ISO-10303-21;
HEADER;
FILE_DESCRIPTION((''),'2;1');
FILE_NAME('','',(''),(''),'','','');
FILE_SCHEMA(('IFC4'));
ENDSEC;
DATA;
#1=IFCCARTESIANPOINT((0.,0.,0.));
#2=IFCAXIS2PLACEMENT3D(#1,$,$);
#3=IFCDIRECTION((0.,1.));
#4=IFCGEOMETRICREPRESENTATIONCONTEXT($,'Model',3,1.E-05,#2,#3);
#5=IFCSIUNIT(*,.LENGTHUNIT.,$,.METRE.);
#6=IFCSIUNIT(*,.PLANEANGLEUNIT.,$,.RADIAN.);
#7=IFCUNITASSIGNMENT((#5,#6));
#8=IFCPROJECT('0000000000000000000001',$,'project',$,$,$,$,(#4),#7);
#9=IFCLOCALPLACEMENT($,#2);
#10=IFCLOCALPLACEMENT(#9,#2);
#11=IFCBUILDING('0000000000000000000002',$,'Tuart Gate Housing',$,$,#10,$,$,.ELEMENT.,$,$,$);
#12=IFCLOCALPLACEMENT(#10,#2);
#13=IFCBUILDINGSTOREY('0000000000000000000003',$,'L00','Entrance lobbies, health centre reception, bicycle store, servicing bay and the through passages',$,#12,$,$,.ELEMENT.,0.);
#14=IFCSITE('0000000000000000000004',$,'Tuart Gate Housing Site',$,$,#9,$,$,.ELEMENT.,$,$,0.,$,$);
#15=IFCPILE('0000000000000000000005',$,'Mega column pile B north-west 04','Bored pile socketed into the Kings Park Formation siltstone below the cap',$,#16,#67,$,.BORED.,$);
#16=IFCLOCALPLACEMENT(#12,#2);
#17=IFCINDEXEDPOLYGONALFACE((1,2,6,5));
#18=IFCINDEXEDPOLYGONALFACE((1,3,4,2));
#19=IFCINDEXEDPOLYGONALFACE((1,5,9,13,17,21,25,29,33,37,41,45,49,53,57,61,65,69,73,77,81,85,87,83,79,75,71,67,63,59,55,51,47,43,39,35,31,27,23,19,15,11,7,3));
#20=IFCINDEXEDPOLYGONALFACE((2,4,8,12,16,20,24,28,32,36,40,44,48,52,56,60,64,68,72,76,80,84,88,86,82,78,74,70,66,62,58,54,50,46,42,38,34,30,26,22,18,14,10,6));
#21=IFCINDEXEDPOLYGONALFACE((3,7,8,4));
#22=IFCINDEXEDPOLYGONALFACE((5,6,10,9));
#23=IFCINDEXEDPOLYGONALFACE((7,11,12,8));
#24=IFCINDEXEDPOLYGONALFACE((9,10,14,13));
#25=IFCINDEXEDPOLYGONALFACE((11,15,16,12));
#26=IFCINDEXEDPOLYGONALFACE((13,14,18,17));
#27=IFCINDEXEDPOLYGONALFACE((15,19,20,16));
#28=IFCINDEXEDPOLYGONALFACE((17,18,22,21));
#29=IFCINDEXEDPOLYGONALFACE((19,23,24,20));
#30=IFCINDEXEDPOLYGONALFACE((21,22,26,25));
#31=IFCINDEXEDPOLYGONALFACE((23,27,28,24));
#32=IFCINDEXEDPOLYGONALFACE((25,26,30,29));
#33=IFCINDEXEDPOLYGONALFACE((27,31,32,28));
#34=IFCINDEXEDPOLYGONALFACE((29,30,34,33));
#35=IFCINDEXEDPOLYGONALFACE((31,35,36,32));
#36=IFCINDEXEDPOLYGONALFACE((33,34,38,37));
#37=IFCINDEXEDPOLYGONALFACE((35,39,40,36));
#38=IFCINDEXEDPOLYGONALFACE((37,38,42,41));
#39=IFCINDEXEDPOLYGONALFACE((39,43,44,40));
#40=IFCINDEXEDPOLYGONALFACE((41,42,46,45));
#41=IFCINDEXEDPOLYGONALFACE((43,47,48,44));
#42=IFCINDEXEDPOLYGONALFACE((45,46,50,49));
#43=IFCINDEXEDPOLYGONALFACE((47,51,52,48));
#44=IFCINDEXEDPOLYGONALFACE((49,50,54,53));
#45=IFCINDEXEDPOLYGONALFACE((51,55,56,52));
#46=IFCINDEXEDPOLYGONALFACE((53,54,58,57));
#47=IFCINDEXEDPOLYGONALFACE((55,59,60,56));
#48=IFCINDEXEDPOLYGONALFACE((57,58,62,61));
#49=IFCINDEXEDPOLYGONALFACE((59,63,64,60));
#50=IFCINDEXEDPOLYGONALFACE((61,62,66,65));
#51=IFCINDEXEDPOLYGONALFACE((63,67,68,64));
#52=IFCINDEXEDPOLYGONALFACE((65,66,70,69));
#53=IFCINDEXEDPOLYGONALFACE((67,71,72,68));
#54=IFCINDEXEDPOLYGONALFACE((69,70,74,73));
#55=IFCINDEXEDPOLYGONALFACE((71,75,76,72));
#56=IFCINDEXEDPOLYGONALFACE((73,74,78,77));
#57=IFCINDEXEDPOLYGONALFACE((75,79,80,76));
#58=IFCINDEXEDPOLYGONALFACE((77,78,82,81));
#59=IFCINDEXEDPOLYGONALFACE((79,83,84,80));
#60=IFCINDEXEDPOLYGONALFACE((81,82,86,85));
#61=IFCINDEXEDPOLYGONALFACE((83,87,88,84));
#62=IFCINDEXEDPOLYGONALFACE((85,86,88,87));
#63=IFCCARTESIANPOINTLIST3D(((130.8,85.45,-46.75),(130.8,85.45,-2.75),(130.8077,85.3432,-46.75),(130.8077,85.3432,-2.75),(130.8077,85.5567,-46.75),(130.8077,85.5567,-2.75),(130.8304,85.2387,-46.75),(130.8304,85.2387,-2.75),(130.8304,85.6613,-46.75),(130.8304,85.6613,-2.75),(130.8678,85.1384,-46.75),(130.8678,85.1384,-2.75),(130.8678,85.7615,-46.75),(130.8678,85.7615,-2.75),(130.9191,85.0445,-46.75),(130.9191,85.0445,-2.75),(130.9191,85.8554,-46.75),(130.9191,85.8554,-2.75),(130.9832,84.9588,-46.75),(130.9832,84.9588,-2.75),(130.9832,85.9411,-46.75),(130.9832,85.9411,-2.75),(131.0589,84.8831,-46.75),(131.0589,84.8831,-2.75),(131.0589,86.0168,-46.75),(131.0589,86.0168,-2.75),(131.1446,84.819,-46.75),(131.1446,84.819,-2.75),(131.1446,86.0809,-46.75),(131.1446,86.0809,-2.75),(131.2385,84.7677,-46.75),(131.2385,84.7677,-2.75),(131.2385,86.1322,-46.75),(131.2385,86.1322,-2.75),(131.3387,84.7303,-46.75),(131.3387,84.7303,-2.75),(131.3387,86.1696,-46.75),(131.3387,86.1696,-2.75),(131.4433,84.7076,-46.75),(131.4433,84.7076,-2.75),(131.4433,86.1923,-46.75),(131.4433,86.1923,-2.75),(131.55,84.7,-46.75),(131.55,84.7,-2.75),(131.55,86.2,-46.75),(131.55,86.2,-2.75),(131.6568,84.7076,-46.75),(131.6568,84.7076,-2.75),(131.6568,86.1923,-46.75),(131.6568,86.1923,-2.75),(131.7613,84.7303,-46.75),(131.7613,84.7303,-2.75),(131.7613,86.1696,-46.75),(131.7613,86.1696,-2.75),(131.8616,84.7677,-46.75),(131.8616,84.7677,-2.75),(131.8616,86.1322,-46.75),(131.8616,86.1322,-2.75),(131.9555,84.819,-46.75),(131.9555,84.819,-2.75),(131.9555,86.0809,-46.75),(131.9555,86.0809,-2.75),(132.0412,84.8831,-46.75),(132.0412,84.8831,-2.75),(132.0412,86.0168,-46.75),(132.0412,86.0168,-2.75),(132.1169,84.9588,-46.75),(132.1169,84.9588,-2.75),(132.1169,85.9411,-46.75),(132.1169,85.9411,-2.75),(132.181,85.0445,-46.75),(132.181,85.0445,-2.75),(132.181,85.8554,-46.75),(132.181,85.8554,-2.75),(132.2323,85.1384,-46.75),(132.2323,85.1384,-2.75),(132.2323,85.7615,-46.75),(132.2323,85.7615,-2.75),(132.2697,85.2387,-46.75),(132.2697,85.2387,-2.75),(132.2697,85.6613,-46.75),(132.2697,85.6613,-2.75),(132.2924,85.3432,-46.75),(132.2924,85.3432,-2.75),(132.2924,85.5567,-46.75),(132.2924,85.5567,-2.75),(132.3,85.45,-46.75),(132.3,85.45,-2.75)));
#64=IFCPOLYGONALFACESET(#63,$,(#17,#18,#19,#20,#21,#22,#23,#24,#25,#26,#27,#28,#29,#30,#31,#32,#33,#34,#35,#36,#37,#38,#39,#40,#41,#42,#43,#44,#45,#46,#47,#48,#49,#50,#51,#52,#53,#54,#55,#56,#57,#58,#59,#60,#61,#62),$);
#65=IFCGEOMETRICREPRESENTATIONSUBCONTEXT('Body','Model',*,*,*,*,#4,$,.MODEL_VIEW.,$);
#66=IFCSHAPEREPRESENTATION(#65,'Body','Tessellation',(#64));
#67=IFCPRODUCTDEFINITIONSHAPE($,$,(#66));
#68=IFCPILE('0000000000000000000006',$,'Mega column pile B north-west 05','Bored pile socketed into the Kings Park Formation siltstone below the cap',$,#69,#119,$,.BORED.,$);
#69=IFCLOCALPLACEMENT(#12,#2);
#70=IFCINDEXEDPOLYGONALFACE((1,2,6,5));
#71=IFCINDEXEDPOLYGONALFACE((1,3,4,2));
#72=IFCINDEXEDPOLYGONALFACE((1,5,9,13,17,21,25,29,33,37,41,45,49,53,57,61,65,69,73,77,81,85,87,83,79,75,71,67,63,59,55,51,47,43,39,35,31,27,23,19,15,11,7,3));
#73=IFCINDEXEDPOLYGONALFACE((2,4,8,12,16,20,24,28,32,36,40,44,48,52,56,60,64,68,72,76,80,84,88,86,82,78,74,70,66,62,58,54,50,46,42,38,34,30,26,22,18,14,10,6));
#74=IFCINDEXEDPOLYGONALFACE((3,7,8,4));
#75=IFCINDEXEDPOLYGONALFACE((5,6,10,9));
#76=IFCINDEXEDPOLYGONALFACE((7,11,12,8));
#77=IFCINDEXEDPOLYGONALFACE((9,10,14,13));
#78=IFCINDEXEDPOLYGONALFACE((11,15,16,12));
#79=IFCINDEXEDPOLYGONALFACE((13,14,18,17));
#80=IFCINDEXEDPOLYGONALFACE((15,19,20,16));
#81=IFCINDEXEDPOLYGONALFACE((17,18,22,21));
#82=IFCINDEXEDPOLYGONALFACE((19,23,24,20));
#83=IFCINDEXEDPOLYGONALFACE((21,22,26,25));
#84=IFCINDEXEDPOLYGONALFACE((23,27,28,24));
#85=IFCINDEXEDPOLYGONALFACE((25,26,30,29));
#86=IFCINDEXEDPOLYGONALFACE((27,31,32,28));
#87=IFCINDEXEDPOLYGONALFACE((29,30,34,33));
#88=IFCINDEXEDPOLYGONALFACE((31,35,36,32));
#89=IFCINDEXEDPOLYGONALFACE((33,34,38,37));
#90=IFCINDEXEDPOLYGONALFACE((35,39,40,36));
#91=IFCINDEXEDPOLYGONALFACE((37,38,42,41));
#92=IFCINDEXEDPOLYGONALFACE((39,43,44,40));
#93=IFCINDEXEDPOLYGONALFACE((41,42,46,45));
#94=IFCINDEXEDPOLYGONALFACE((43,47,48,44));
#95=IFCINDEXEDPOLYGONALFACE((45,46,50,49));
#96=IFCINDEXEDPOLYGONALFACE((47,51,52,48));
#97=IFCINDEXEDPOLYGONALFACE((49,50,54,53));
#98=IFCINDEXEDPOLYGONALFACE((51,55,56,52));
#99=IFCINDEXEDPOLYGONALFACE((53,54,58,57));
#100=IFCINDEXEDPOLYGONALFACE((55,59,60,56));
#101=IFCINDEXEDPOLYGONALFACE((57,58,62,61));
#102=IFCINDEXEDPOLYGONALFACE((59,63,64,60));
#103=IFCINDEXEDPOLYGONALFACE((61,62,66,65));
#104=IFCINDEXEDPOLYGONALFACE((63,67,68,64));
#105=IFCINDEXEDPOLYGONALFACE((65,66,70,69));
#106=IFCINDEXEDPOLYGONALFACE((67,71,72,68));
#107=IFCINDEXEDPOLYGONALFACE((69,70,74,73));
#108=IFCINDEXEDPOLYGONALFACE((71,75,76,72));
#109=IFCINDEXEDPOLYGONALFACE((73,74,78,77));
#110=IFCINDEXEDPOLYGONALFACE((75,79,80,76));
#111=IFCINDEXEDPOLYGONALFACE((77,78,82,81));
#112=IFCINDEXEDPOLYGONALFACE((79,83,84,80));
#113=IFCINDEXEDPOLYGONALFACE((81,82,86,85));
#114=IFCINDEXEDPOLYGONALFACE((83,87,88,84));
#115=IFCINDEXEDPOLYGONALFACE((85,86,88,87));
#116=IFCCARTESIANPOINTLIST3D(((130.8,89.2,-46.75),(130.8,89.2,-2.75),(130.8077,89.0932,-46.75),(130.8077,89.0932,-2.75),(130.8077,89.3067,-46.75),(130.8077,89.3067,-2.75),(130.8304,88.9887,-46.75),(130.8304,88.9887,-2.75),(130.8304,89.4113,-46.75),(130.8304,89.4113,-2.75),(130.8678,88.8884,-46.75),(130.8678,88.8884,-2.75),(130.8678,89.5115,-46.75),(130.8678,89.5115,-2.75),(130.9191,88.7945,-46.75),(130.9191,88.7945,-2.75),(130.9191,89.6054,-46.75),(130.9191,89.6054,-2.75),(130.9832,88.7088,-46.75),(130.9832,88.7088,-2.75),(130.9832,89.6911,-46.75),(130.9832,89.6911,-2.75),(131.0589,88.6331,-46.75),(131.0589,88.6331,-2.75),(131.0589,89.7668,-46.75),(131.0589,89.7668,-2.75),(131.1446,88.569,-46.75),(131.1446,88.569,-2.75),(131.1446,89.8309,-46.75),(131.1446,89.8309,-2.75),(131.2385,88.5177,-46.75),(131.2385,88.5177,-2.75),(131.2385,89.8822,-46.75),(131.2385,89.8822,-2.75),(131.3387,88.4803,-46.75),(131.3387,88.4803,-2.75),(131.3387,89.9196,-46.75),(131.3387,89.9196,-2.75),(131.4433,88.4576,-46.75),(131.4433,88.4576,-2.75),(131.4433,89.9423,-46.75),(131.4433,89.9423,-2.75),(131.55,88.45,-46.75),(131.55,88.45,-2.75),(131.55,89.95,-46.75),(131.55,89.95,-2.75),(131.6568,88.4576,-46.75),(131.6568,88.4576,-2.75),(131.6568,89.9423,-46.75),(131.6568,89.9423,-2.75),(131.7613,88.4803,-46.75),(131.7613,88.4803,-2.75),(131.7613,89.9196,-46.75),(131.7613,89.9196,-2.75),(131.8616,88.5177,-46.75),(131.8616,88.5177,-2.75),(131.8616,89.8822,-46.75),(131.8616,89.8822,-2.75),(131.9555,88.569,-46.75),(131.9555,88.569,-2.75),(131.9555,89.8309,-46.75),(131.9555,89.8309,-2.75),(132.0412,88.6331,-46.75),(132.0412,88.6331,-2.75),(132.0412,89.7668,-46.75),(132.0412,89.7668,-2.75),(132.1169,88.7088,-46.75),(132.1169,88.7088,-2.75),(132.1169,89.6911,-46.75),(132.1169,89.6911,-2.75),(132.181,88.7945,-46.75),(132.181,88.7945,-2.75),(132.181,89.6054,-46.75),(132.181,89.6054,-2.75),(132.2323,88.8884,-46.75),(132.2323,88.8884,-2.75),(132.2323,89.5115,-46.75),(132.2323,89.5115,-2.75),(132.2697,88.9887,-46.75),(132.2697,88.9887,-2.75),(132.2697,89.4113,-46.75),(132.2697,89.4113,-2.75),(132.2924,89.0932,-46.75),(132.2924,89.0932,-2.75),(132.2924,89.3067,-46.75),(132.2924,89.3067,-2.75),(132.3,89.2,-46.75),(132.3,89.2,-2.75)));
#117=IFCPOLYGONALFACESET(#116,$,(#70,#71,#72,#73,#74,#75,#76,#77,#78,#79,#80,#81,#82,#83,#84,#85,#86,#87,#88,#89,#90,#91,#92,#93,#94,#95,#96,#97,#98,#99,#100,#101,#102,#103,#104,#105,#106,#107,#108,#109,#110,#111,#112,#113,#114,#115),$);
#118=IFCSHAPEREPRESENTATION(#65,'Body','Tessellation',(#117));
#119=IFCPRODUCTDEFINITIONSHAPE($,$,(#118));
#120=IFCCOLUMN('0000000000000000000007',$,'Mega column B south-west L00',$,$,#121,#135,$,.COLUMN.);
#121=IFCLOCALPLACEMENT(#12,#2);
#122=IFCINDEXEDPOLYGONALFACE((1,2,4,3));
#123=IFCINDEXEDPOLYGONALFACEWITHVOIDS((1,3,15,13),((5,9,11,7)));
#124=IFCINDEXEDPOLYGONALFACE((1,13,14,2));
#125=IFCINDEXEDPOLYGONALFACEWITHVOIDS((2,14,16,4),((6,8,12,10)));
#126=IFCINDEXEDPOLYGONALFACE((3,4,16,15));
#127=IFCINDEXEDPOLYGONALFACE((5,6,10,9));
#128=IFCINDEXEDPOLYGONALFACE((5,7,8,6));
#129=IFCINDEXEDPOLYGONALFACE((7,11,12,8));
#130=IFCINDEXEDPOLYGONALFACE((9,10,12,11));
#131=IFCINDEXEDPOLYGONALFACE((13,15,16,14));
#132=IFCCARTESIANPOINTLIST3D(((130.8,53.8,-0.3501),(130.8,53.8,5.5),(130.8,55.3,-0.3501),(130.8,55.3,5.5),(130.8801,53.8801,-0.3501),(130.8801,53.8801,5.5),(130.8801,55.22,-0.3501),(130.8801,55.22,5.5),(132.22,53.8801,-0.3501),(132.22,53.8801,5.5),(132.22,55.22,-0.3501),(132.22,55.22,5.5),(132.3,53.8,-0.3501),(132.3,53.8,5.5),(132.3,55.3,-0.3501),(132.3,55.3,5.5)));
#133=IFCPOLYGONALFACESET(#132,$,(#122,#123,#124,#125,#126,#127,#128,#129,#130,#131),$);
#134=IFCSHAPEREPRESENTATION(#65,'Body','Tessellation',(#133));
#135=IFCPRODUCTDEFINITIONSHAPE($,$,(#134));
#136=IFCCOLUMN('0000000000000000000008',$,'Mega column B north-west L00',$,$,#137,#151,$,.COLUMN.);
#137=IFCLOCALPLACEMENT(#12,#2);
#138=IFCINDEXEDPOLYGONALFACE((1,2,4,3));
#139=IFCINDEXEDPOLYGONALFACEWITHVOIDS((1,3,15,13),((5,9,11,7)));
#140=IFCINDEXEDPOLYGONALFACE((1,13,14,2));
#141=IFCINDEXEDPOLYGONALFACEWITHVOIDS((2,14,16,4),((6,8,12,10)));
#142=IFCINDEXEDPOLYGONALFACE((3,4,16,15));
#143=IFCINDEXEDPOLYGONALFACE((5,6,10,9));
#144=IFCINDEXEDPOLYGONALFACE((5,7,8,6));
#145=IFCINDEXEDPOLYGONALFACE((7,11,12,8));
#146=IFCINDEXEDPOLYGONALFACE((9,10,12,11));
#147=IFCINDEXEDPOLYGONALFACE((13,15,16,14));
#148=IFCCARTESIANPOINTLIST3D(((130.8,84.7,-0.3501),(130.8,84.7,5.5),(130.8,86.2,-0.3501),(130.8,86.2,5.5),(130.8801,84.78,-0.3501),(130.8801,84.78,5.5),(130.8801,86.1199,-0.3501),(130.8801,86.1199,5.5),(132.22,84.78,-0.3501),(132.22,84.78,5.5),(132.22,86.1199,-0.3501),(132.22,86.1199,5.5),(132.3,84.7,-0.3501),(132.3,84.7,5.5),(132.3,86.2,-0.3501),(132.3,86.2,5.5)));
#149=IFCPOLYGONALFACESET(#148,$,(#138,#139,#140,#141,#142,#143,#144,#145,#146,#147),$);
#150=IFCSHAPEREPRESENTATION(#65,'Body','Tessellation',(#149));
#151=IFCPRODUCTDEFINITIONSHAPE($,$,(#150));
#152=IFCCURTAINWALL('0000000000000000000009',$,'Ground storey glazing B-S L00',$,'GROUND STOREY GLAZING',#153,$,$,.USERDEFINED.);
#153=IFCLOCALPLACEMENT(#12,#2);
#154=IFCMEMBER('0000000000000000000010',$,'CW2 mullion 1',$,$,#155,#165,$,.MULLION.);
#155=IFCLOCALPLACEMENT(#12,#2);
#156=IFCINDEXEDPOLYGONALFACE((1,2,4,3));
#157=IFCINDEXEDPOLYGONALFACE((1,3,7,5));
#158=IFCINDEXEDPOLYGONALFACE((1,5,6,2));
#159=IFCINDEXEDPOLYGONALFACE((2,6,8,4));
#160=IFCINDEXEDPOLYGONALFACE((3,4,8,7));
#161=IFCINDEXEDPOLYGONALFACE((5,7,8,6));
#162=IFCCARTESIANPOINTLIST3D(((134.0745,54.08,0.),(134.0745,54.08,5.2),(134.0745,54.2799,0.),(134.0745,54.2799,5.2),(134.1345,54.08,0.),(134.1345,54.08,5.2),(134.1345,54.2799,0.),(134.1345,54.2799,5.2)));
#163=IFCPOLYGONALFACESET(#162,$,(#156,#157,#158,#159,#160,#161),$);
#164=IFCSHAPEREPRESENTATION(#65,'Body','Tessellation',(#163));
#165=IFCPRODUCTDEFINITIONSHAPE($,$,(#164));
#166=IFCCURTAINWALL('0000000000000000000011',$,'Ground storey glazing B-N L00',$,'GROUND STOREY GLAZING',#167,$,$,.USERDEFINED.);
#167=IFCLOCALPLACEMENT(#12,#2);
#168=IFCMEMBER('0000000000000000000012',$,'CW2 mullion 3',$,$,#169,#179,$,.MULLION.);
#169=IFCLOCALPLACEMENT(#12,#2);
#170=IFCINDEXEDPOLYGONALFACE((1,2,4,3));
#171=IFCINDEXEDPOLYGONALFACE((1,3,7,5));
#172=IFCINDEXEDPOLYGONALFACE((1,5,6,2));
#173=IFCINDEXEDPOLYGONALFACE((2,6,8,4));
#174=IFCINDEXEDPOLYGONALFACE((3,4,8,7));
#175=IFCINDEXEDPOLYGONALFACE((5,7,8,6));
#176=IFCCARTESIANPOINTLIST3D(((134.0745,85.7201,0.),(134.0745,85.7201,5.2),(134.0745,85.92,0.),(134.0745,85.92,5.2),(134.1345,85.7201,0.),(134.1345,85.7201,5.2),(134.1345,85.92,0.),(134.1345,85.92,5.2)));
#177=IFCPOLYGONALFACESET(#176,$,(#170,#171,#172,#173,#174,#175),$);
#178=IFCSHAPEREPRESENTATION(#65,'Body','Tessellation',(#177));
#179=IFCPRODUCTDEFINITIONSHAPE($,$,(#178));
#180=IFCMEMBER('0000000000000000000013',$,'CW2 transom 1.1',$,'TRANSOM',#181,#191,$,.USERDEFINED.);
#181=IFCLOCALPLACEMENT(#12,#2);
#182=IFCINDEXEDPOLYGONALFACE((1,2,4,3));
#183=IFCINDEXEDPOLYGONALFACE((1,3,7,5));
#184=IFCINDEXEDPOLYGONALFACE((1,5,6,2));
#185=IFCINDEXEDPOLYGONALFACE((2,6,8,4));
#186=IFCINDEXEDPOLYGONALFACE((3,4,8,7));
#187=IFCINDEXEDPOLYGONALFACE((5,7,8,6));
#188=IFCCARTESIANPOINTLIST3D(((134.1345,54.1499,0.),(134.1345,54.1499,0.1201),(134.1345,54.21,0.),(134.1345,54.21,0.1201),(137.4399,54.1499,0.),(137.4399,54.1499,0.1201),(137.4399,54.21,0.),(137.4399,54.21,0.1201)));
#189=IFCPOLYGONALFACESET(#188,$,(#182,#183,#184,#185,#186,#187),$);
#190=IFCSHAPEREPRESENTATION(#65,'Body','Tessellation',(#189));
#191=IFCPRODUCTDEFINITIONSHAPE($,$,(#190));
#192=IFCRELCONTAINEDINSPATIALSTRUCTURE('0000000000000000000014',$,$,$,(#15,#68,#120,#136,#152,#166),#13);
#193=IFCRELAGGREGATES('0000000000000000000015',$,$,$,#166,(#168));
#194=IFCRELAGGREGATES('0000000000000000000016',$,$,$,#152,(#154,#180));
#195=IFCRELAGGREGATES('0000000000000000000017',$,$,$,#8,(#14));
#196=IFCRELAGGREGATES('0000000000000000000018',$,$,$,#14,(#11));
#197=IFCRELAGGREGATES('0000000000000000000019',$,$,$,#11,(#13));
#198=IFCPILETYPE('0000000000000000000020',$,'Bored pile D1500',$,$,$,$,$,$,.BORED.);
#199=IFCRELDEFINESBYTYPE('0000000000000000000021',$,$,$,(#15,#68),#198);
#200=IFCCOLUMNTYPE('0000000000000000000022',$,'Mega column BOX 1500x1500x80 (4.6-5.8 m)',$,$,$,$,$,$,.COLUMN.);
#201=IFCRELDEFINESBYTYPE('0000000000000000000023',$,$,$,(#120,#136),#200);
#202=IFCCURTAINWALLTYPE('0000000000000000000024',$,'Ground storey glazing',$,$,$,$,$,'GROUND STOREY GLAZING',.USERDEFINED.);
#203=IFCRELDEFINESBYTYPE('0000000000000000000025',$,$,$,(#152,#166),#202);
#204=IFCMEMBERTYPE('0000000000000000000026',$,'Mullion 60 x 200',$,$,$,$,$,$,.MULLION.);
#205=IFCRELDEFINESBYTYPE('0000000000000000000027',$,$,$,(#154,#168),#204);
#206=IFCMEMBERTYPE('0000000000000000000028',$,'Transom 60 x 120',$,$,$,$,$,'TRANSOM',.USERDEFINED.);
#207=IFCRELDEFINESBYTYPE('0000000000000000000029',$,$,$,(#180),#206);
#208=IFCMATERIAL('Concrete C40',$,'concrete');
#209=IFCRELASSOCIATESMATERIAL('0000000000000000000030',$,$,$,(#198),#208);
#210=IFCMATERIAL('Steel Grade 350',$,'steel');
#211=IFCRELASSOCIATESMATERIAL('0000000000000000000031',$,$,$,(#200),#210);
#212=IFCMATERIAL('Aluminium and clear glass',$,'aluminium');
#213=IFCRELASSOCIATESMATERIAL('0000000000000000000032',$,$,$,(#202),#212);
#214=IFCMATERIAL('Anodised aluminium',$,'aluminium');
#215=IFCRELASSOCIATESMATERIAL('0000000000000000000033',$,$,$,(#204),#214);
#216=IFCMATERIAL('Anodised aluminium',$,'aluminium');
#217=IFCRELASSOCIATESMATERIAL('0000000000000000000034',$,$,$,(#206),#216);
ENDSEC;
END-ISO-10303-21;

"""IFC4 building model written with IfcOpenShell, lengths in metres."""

from ifc_helpers import new_model, si_unit, direction, frame, origin, origin_2d, place, context, subcontext, project, spatial, rectangle, hollow_rectangle, circle, extrude, material, material_profile, profile_set, type_object, element, aggregate, save


model = new_model("IFC4")

# Units and contexts
model_context = context("Model", 3, precision=1e-05, world=origin(), true_north=direction((0.0, 1.0)))
body_context = subcontext(model_context, "Body", "Model", "MODEL_VIEW")
ifc_project = project(units=[si_unit("LENGTHUNIT", "METRE"), si_unit("PLANEANGLEUNIT", "RADIAN")], contexts=[model_context])

# Site, building, storey
site_placement = place(None, origin())
site = spatial("IfcSite", under=ifc_project, at=site_placement, Name="Tuart Gate Housing Site", CompositionType="ELEMENT", RefElevation=0.0)
building_placement = place(site_placement, origin())
building = spatial("IfcBuilding", under=site, at=building_placement, Name="Tuart Gate Housing", CompositionType="ELEMENT")
storey_placement = place(building_placement, origin())
storey = spatial("IfcBuildingStorey", under=building, at=storey_placement, Name="L00", Description="Entrance lobbies, health centre reception, bicycle store, servicing bay and the through passages", CompositionType="ELEMENT", Elevation=0.0)

# Piles
ifc_material_1 = material(Name="Concrete C40", Category="concrete")
ifc_material_profile_1 = material_profile(ifc_material_1, circle(Radius=0.75, at=origin_2d()), Name="Bored pile D1500")
ifc_profile_set_1 = profile_set([ifc_material_profile_1], Name="Concrete C40")
pile_type = type_object("IfcPileType", Name="Bored pile D1500", PredefinedType="BORED", material=ifc_profile_set_1)
for number, where, z_axis, x_axis, name in (
    (1, (131.55, 85.45, -2.75), (0.0, 0.0, -1.0), (1.0, 0.0, 0.0), "Mega column pile B north-west 04"),
    (2, (131.55, 89.2, -2.75), (0.0, 0.0, -1.0), (1.0, 0.0, 0.0), "Mega column pile B north-west 05"),
):
    element("IfcPile", number, at=place(storey_placement, frame(where, z_axis=z_axis, x_axis=x_axis)), inside=storey, type_object=pile_type, Name=name, Description="Bored pile socketed into the Kings Park Formation siltstone below the cap", PredefinedType="BORED", context=body_context, shape_type="SweptSolid", body=[
        extrude(circle(Radius=0.75, at=origin_2d()), origin(), (0.0, 0.0, 1.0), 44.0),
    ])

# Columns
ifc_material_2 = material(Name="Steel Grade 350", Category="steel")
ifc_material_profile_2 = material_profile(ifc_material_2, hollow_rectangle(XDim=1.5, YDim=1.5, WallThickness=0.0801, at=origin_2d()), Name="BOX 1500x1500x80")
ifc_profile_set_2 = profile_set([ifc_material_profile_2], Name="Steel Grade 350")
column_type = type_object("IfcColumnType", Name="Mega column BOX 1500x1500x80 (4.6-5.8 m)", PredefinedType="COLUMN", material=ifc_profile_set_2)
for number, where, z_axis, x_axis, name in (
    (3, (131.55, 54.55, -0.3501), (0.0, 0.0, 1.0), (1.0, 0.0, 0.0), "Mega column B south-west L00"),
    (4, (131.55, 85.45, -0.3501), (0.0, 0.0, 1.0), (1.0, 0.0, 0.0), "Mega column B north-west L00"),
):
    element("IfcColumn", number, at=place(storey_placement, frame(where, z_axis=z_axis, x_axis=x_axis)), inside=storey, type_object=column_type, Name=name, PredefinedType="COLUMN", context=body_context, shape_type="SweptSolid", body=[
        extrude(hollow_rectangle(XDim=1.5, YDim=1.5, WallThickness=0.0801, at=origin_2d()), origin(), (0.0, 0.0, 1.0), 5.8501),
    ])

# Curtain walls, members
ifc_material_3 = material(Name="Aluminium and clear glass", Category="aluminium")
curtain_wall_type = type_object("IfcCurtainWallType", Name="Ground storey glazing", ElementType="GROUND STOREY GLAZING", PredefinedType="USERDEFINED", material=ifc_material_3)
curtain_wall_1_placement = place(storey_placement, origin())
curtain_wall_1 = element("IfcCurtainWall", 5, at=curtain_wall_1_placement, inside=storey, type_object=curtain_wall_type, Name="Ground storey glazing B-S L00", ObjectType="GROUND STOREY GLAZING", PredefinedType="USERDEFINED")
ifc_material_4 = material(Name="Anodised aluminium", Category="aluminium")
ifc_material_profile_3 = material_profile(ifc_material_4, rectangle(XDim=0.0601, YDim=0.2, at=origin_2d()), Name="60x200")
ifc_profile_set_3 = profile_set([ifc_material_profile_3], Name="Anodised aluminium")
member_type_1 = type_object("IfcMemberType", Name="Mullion 60 x 200", PredefinedType="MULLION", material=ifc_profile_set_3)
member_1_placement = place(storey_placement, frame((134.1045, 54.1799, 0.0), z_axis=(0.0, 0.0, 1.0), x_axis=(1.0, 0.0, 0.0)))
member_1 = element("IfcMember", 6, at=member_1_placement, type_object=member_type_1, Name="CW2 mullion 1", PredefinedType="MULLION", context=body_context, shape_type="SweptSolid", body=[
    extrude(rectangle(XDim=0.0601, YDim=0.2, at=origin_2d()), origin(), (0.0, 0.0, 1.0), 5.2),
])
curtain_wall_2_placement = place(storey_placement, origin())
curtain_wall_2 = element("IfcCurtainWall", 7, at=curtain_wall_2_placement, inside=storey, type_object=curtain_wall_type, Name="Ground storey glazing B-N L00", ObjectType="GROUND STOREY GLAZING", PredefinedType="USERDEFINED")
member_2_placement = place(storey_placement, frame((134.1045, 85.8201, 0.0), z_axis=(0.0, 0.0, 1.0), x_axis=(-1.0, 0.0, 0.0)))
member_2 = element("IfcMember", 8, at=member_2_placement, type_object=member_type_1, Name="CW2 mullion 3", PredefinedType="MULLION", context=body_context, shape_type="SweptSolid", body=[
    extrude(rectangle(XDim=0.0601, YDim=0.2, at=origin_2d()), origin(), (0.0, 0.0, 1.0), 5.2),
])
aggregate(curtain_wall_2, [member_2])

# Member
ifc_material_5 = material(Name="Anodised aluminium", Category="aluminium")
ifc_material_profile_4 = material_profile(ifc_material_5, rectangle(XDim=0.0601, YDim=0.1201, at=origin_2d()), Name="60x120")
ifc_profile_set_4 = profile_set([ifc_material_profile_4], Name="Anodised aluminium")
member_type_2 = type_object("IfcMemberType", Name="Transom 60 x 120", ElementType="TRANSOM", PredefinedType="USERDEFINED", material=ifc_profile_set_4)
member_3_placement = place(storey_placement, frame((134.1345, 54.1799, 0.0601), z_axis=(1.0, 0.0, 0.0), x_axis=(0.0, 1.0, 0.0)))
member_3 = element("IfcMember", 9, at=member_3_placement, type_object=member_type_2, Name="CW2 transom 1.1", ObjectType="TRANSOM", PredefinedType="USERDEFINED", context=body_context, shape_type="SweptSolid", body=[
    extrude(rectangle(XDim=0.0601, YDim=0.1201, at=origin_2d()), origin(), (0.0, 0.0, 1.0), 3.3054),
])
aggregate(curtain_wall_1, [member_1, member_3])

save(model, "model.ifc")
